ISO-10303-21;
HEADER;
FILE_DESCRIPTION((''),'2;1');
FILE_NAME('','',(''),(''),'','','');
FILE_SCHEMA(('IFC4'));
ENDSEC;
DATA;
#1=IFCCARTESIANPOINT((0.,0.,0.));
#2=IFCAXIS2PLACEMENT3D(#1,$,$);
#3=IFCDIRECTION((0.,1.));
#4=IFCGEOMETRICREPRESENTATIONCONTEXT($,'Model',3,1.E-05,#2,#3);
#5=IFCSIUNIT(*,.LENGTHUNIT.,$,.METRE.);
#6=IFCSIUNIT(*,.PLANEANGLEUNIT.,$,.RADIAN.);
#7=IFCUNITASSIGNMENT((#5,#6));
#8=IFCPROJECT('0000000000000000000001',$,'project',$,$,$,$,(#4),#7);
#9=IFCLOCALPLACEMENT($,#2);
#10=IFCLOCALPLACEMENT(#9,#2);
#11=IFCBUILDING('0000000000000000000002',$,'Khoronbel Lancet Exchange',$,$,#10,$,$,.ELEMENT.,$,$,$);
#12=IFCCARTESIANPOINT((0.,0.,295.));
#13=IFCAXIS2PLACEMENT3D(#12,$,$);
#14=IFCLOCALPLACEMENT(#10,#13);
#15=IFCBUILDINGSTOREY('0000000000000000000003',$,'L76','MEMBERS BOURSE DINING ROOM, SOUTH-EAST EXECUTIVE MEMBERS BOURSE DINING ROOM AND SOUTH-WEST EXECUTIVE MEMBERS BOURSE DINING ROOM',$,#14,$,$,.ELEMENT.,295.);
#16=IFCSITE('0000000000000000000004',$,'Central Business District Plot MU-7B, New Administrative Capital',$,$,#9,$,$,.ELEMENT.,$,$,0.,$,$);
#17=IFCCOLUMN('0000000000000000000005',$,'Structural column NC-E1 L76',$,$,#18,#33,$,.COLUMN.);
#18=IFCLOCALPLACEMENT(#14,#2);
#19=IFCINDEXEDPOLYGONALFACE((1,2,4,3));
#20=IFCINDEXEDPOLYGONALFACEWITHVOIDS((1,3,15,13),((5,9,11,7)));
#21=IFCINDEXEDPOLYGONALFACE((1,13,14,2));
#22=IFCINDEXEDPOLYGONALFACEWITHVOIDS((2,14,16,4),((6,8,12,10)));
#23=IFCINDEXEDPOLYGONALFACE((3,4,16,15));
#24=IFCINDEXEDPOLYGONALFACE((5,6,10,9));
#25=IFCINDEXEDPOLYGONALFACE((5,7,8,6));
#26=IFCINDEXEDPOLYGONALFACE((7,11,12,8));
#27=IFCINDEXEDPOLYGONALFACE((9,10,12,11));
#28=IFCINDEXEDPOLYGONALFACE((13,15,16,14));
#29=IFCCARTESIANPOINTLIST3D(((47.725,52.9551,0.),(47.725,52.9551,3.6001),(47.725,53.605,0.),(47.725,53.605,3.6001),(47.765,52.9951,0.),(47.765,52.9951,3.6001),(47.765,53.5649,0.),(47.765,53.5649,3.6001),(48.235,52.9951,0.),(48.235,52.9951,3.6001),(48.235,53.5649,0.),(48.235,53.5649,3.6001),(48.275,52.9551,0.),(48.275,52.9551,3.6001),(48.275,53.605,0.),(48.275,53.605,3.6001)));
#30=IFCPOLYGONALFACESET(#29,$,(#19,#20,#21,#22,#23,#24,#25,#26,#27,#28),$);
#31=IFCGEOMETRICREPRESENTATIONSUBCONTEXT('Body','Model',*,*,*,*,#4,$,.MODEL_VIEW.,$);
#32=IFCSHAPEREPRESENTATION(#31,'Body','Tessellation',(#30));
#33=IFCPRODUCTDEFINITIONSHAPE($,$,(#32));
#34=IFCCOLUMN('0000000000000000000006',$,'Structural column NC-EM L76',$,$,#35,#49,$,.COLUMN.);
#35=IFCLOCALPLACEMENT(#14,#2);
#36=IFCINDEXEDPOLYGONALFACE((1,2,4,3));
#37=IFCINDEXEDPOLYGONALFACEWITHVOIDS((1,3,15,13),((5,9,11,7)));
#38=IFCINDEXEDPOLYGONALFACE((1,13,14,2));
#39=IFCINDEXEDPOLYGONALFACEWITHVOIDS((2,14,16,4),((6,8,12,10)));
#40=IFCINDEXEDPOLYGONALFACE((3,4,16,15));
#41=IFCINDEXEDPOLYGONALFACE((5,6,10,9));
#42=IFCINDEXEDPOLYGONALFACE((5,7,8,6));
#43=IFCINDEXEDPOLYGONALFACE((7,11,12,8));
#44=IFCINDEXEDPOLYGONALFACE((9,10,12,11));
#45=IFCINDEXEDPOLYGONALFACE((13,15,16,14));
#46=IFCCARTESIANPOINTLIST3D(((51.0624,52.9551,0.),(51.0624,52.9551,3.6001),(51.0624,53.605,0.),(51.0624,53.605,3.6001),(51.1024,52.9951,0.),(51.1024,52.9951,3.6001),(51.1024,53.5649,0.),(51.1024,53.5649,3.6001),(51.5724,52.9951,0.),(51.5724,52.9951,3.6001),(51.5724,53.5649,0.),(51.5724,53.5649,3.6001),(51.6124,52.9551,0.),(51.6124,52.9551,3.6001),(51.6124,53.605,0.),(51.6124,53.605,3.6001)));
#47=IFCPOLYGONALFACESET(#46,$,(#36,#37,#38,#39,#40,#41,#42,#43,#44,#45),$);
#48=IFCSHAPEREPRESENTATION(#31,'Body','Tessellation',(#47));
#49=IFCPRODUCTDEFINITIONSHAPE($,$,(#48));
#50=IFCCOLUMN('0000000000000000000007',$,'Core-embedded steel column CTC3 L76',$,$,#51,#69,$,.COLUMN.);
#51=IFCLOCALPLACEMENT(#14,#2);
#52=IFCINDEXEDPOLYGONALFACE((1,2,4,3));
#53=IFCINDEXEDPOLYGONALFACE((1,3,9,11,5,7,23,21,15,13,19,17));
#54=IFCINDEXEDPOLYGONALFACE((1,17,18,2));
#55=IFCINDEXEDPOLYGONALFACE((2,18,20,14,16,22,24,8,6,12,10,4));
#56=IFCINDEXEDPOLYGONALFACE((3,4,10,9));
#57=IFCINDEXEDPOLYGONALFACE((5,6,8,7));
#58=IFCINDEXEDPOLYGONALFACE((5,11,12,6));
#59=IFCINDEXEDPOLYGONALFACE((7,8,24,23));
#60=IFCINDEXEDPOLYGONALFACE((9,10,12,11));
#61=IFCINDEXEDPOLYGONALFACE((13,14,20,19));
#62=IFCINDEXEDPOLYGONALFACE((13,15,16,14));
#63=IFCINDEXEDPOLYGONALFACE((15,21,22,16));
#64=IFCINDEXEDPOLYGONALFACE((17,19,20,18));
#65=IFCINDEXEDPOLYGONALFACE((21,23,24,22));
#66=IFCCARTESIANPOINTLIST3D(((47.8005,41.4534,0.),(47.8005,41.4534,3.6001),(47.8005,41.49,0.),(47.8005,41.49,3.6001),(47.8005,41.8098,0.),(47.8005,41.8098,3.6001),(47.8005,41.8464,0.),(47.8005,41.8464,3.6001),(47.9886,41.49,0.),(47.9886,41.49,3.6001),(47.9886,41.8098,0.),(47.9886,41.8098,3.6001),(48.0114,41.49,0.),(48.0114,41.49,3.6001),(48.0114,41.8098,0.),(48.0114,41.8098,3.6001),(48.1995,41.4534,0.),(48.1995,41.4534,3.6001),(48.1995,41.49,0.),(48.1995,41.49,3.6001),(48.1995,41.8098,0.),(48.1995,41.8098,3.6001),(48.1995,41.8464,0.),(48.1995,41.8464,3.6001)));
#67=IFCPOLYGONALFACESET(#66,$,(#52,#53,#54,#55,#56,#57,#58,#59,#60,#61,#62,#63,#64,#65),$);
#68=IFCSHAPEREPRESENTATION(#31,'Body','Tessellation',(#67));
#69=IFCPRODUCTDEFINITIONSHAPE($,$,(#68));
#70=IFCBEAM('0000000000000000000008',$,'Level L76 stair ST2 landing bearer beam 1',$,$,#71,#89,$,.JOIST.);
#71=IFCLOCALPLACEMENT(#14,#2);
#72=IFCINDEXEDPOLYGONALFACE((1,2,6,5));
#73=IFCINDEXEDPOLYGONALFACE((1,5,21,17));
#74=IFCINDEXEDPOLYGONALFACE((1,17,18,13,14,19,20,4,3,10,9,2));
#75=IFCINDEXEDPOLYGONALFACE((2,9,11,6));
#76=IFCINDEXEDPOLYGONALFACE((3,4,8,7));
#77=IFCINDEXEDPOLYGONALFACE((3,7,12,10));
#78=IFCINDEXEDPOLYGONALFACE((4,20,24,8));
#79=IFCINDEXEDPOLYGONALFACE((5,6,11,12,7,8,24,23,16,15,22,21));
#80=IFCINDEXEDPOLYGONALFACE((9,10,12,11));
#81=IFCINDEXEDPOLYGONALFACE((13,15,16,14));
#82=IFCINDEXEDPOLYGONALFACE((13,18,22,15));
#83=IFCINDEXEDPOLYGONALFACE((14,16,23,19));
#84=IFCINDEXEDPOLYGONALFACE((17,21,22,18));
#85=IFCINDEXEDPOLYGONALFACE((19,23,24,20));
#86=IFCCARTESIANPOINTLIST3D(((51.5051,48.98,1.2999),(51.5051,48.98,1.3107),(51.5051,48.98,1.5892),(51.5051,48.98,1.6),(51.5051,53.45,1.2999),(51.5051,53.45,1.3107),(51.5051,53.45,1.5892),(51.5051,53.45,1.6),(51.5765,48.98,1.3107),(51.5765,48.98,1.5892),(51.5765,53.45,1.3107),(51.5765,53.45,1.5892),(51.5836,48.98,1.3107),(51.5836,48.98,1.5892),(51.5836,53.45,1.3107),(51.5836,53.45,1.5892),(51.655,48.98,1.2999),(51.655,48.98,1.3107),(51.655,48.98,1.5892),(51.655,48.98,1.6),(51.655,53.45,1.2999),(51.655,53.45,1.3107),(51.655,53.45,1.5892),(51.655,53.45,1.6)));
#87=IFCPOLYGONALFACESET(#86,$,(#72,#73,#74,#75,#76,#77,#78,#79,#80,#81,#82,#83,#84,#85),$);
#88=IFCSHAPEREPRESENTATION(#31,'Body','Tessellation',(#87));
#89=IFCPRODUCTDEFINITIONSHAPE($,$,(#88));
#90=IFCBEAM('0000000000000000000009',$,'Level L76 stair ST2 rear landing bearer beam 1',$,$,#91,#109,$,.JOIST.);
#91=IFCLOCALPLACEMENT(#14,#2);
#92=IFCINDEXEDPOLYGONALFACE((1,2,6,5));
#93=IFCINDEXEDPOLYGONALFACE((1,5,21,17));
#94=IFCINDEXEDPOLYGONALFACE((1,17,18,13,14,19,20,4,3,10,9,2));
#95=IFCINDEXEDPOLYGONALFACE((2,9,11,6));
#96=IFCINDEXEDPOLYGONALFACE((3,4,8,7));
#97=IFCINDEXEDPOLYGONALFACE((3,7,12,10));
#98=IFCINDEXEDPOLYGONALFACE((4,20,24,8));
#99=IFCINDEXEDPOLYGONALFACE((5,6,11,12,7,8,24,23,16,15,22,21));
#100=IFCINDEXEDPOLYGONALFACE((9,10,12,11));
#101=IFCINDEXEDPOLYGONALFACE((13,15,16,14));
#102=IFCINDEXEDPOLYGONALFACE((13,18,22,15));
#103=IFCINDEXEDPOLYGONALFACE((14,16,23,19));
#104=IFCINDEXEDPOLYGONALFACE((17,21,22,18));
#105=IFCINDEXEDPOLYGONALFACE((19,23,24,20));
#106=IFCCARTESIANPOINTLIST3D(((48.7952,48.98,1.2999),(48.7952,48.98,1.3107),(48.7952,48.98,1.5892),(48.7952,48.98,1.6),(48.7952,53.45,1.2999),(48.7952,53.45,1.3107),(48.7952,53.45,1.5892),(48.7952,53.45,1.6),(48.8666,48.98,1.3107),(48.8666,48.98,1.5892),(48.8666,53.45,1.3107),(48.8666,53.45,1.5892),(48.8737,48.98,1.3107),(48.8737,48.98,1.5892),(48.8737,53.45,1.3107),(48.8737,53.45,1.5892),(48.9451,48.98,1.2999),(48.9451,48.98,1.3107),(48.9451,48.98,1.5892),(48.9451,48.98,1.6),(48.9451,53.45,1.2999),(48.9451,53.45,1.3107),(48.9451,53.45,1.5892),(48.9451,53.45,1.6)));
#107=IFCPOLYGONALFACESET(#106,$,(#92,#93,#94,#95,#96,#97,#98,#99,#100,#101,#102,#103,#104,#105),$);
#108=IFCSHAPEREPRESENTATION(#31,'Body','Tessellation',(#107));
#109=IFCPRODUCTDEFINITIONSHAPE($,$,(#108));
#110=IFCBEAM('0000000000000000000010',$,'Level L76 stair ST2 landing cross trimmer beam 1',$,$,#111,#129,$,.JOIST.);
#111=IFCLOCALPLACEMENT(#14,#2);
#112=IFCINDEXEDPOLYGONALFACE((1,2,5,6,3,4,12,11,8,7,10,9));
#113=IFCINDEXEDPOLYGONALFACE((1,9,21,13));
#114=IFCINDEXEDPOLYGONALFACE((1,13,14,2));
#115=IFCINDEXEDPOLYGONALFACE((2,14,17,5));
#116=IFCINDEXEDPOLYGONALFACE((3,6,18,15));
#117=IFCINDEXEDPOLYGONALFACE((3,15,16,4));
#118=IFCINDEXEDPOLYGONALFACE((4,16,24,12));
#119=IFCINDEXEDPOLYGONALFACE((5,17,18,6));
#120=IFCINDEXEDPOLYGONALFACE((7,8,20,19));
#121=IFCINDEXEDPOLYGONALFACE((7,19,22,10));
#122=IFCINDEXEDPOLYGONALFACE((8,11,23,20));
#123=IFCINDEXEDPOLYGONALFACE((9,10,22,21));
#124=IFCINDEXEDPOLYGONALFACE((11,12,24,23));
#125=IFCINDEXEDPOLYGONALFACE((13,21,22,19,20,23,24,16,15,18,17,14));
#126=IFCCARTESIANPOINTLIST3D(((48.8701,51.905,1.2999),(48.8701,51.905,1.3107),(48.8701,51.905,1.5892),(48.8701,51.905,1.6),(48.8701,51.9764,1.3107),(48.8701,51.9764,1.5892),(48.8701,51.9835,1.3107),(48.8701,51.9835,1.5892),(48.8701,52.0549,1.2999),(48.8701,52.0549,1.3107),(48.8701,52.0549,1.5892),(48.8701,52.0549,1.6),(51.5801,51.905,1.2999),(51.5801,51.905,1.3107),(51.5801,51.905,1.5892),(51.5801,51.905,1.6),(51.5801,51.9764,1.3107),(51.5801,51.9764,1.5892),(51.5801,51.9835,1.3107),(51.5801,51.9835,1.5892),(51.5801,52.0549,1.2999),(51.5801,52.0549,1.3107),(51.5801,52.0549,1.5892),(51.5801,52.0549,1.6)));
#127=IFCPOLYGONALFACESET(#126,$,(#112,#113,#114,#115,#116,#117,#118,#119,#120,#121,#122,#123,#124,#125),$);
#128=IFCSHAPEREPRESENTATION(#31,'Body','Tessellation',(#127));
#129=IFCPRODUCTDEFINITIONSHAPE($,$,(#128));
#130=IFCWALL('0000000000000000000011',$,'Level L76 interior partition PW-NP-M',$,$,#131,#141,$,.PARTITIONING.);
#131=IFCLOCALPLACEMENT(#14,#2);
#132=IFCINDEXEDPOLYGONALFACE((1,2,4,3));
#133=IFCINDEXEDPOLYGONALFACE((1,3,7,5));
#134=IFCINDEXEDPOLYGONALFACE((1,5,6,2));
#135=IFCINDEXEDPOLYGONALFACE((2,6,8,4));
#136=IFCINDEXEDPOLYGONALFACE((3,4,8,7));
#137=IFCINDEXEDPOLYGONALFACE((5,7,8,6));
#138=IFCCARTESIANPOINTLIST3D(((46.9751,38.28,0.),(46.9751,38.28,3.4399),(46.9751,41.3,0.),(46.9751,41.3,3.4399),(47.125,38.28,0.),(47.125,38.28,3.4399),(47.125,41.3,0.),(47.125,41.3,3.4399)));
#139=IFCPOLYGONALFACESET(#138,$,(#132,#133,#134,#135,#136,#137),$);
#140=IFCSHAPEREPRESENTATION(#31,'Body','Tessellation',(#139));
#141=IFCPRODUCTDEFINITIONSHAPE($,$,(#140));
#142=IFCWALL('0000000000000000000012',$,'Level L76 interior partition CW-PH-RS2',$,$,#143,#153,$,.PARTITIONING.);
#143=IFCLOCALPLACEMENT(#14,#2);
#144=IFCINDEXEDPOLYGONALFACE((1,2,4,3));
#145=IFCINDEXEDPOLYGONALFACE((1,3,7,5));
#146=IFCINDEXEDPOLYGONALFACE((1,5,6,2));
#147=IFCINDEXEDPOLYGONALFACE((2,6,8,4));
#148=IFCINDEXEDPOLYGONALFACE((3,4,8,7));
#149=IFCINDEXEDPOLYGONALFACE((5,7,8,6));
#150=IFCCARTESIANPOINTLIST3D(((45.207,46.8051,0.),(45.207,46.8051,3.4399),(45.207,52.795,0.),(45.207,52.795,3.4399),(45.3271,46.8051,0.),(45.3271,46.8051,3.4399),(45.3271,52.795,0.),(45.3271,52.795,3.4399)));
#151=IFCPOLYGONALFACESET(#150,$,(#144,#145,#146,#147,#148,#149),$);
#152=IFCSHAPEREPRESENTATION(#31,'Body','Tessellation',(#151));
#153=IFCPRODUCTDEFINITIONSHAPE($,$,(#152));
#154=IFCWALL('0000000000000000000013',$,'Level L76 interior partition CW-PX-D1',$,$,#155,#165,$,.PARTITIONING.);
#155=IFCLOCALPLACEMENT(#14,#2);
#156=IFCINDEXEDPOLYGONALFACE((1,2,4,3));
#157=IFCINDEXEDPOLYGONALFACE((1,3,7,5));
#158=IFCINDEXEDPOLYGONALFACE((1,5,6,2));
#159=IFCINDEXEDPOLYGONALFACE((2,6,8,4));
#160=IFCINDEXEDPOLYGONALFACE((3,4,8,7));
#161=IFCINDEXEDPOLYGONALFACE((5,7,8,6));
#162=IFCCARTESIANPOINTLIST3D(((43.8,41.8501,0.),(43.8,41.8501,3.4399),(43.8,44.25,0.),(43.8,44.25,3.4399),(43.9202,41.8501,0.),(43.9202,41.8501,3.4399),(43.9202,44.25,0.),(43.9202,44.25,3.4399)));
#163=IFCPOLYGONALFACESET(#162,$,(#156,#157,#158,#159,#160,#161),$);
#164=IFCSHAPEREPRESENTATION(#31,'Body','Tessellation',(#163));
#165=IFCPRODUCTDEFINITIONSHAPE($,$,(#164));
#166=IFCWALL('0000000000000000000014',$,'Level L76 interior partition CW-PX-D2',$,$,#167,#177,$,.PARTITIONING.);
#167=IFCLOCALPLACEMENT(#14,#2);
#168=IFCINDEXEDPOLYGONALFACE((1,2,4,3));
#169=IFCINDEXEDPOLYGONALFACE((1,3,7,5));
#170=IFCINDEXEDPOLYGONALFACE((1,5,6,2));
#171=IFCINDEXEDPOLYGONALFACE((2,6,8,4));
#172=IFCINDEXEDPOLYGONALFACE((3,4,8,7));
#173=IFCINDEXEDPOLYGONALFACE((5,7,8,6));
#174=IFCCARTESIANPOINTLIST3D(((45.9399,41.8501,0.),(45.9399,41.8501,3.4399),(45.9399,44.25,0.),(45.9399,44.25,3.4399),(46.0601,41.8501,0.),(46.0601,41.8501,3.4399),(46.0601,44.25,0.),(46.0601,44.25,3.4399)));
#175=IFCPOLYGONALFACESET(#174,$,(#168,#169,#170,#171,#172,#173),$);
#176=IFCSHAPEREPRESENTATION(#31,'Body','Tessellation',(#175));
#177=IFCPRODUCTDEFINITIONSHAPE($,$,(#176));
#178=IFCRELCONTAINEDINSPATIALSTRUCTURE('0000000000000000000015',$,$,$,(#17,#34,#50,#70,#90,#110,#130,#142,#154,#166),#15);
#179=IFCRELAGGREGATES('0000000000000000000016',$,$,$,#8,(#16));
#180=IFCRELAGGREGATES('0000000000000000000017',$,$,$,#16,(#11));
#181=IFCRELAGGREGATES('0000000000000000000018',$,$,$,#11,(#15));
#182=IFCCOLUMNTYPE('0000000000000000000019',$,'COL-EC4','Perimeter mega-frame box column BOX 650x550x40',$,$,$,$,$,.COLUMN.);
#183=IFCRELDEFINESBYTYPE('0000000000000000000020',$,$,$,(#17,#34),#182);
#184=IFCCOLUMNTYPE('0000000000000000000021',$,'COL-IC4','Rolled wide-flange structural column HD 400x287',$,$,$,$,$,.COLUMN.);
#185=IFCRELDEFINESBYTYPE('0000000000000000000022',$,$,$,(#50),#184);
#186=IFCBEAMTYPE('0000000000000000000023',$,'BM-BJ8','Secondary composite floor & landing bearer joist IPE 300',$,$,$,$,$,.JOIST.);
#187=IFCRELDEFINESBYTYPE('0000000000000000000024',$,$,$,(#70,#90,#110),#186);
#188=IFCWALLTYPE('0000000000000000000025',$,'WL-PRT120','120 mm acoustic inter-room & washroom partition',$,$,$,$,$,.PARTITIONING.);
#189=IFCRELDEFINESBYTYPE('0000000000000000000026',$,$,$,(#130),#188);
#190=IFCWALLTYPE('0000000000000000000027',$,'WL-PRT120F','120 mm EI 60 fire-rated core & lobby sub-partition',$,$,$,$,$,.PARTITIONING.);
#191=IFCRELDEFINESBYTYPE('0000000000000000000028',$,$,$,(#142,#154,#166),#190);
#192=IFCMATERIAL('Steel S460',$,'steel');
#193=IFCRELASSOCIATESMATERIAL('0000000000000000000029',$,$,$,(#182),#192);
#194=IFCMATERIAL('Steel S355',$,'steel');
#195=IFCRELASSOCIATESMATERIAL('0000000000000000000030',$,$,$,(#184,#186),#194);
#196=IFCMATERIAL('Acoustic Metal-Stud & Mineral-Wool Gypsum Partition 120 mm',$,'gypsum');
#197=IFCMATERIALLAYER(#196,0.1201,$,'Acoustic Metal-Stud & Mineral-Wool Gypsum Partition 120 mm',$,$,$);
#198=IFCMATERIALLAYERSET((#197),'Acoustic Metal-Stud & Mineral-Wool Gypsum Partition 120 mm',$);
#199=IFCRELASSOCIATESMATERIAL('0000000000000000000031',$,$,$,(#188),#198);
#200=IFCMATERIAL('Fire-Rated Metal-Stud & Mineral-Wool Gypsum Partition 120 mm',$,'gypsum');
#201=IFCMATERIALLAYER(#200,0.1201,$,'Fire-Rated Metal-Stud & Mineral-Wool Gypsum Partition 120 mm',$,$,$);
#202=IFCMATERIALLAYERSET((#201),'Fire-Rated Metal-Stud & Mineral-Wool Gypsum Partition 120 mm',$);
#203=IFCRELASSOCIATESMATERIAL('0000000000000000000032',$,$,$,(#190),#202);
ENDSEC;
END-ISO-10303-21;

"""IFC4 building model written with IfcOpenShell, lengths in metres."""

from ifc_helpers import new_model, si_unit, direction, frame, frame_2d, origin, origin_2d, place, context, subcontext, project, spatial, rectangle, hollow_rectangle, i_section, extrude, material, layer, layer_set, material_profile, profile_set, type_object, element, save


model = new_model("IFC4")

# Units and contexts
model_context = context("Model", 3, precision=1e-05, world=origin(), true_north=direction((0.0, 1.0)))
body_context = subcontext(model_context, "Body", "Model", "MODEL_VIEW")
ifc_project = project(units=[si_unit("LENGTHUNIT", "METRE"), si_unit("PLANEANGLEUNIT", "RADIAN")], contexts=[model_context])

# Site, building, storey
site_placement = place(None, origin())
site = spatial("IfcSite", under=ifc_project, at=site_placement, Name="Central Business District Plot MU-7B, New Administrative Capital", CompositionType="ELEMENT", RefElevation=0.0)
building_placement = place(site_placement, origin())
building = spatial("IfcBuilding", under=site, at=building_placement, Name="Khoronbel Lancet Exchange", CompositionType="ELEMENT")
storey_placement = place(building_placement, frame((0.0, 0.0, 295.0)))
storey = spatial("IfcBuildingStorey", under=building, at=storey_placement, Name="L76", Description="MEMBERS BOURSE DINING ROOM, SOUTH-EAST EXECUTIVE MEMBERS BOURSE DINING ROOM AND SOUTH-WEST EXECUTIVE MEMBERS BOURSE DINING ROOM", CompositionType="ELEMENT", Elevation=295.0)

# Columns
ifc_material_1 = material(Name="Steel S460", Category="steel")
ifc_material_profile_1 = material_profile(ifc_material_1, hollow_rectangle(XDim=0.55, YDim=0.6499, WallThickness=0.04, at=origin_2d()), Name="BOX 650x550x40")
ifc_profile_set_1 = profile_set([ifc_material_profile_1], Name="Steel S460")
column_type_1 = type_object("IfcColumnType", Name="COL-EC4", Description="Perimeter mega-frame box column BOX 650x550x40", PredefinedType="COLUMN", material=ifc_profile_set_1)
for number, where, z_axis, x_axis, name in (
    (1, (48.0, 53.28, 0.0), (0.0, 0.0, 1.0), (1.0, 0.0, 0.0), "Structural column NC-E1 L76"),
    (2, (51.3374, 53.28, 0.0), (0.0, 0.0, 1.0), (1.0, 0.0, 0.0), "Structural column NC-EM L76"),
):
    element("IfcColumn", number, at=place(storey_placement, frame(where, z_axis=z_axis, x_axis=x_axis)), inside=storey, type_object=column_type_1, Name=name, PredefinedType="COLUMN", context=body_context, shape_type="SweptSolid", body=[
        extrude(hollow_rectangle(XDim=0.55, YDim=0.6499, WallThickness=0.04, at=origin_2d()), origin(), (0.0, 0.0, 1.0), 3.6001),
    ])
ifc_material_2 = material(Name="Steel S355", Category="steel")
ifc_material_profile_2 = material_profile(ifc_material_2, i_section(OverallWidth=0.3989, OverallDepth=0.3931, WebThickness=0.0227, FlangeThickness=0.0366, at=origin_2d()), Name="HD 400x287")
ifc_profile_set_2 = profile_set([ifc_material_profile_2], Name="Steel S355")
column_type_2 = type_object("IfcColumnType", Name="COL-IC4", Description="Rolled wide-flange structural column HD 400x287", PredefinedType="COLUMN", material=ifc_profile_set_2)
column_placement = place(storey_placement, frame((48.0, 41.6499, 0.0), z_axis=(0.0, 0.0, 1.0), x_axis=(1.0, 0.0, 0.0)))
element("IfcColumn", 3, at=column_placement, inside=storey, type_object=column_type_2, Name="Core-embedded steel column CTC3 L76", PredefinedType="COLUMN", context=body_context, shape_type="SweptSolid", body=[
    extrude(i_section(OverallWidth=0.3989, OverallDepth=0.3931, WebThickness=0.0227, FlangeThickness=0.0366, at=origin_2d()), origin(), (0.0, 0.0, 1.0), 3.6001),
])

# Beams
ifc_material_profile_3 = material_profile(ifc_material_2, i_section(OverallWidth=0.1499, OverallDepth=0.3, WebThickness=0.0071, FlangeThickness=0.0107, at=origin_2d()), Name="IPE 300")
ifc_profile_set_3 = profile_set([ifc_material_profile_3], Name="Steel S355")
beam_type = type_object("IfcBeamType", Name="BM-BJ8", Description="Secondary composite floor & landing bearer joist IPE 300", PredefinedType="JOIST", material=ifc_profile_set_3)
for number, where, z_axis, x_axis, name in (
    (4, (51.5801, 48.98, 1.45), (0.0, 1.0, 0.0), (-1.0, 0.0, 0.0), "Level L76 stair ST2 landing bearer beam 1"),
    (5, (48.8701, 48.98, 1.45), (0.0, 1.0, 0.0), (-1.0, 0.0, 0.0), "Level L76 stair ST2 rear landing bearer beam 1"),
):
    element("IfcBeam", number, at=place(storey_placement, frame(where, z_axis=z_axis, x_axis=x_axis)), inside=storey, type_object=beam_type, Name=name, PredefinedType="JOIST", context=body_context, shape_type="SweptSolid", body=[
        extrude(i_section(OverallWidth=0.1499, OverallDepth=0.3, WebThickness=0.0071, FlangeThickness=0.0107, at=origin_2d()), origin(), (0.0, 0.0, 1.0), 4.47),
    ])
beam_placement = place(storey_placement, frame((48.8701, 51.98, 1.45), z_axis=(1.0, 0.0, 0.0), x_axis=(0.0, 1.0, 0.0)))
element("IfcBeam", 6, at=beam_placement, inside=storey, type_object=beam_type, Name="Level L76 stair ST2 landing cross trimmer beam 1", PredefinedType="JOIST", context=body_context, shape_type="SweptSolid", body=[
    extrude(i_section(OverallWidth=0.1499, OverallDepth=0.3, WebThickness=0.0071, FlangeThickness=0.0107, at=origin_2d()), origin(), (0.0, 0.0, 1.0), 2.71),
])

# Walls
ifc_material_3 = material(Name="Acoustic Metal-Stud & Mineral-Wool Gypsum Partition 120 mm", Category="gypsum")
ifc_layer_1 = layer(ifc_material_3, 0.1201, Name="Acoustic Metal-Stud & Mineral-Wool Gypsum Partition 120 mm")
ifc_layer_set_1 = layer_set([ifc_layer_1], Name="Acoustic Metal-Stud & Mineral-Wool Gypsum Partition 120 mm")
wall_type_1 = type_object("IfcWallType", Name="WL-PRT120", Description="120 mm acoustic inter-room & washroom partition", PredefinedType="PARTITIONING", material=ifc_layer_set_1)
wall_1_placement = place(storey_placement, frame((47.05, 38.28, 0.0), z_axis=(0.0, 0.0, 1.0), x_axis=(0.0, 1.0, 0.0)))
element("IfcWall", 7, at=wall_1_placement, inside=storey, type_object=wall_type_1, Name="Level L76 interior partition PW-NP-M", PredefinedType="PARTITIONING", context=body_context, shape_type="SweptSolid", body=[
    extrude(rectangle(XDim=3.02, YDim=0.1499, at=frame_2d((1.51, 0.0))), origin(), (0.0, 0.0, 1.0), 3.4399),
])
ifc_material_4 = material(Name="Fire-Rated Metal-Stud & Mineral-Wool Gypsum Partition 120 mm", Category="gypsum")
ifc_layer_2 = layer(ifc_material_4, 0.1201, Name="Fire-Rated Metal-Stud & Mineral-Wool Gypsum Partition 120 mm")
ifc_layer_set_2 = layer_set([ifc_layer_2], Name="Fire-Rated Metal-Stud & Mineral-Wool Gypsum Partition 120 mm")
wall_type_2 = type_object("IfcWallType", Name="WL-PRT120F", Description="120 mm EI 60 fire-rated core & lobby sub-partition", PredefinedType="PARTITIONING", material=ifc_layer_set_2)
wall_2_placement = place(storey_placement, frame((45.2671, 46.8049, 0.0), z_axis=(0.0, 0.0, 1.0), x_axis=(0.0, 1.0, 0.0)))
element("IfcWall", 8, at=wall_2_placement, inside=storey, type_object=wall_type_2, Name="Level L76 interior partition CW-PH-RS2", PredefinedType="PARTITIONING", context=body_context, shape_type="SweptSolid", body=[
    extrude(rectangle(XDim=5.99, YDim=0.1201, at=frame_2d((2.9951, 0.0))), origin(), (0.0, 0.0, 1.0), 3.4399),
])
for number, where, z_axis, x_axis, name in (
    (9, (43.8601, 41.8501, 0.0), (0.0, 0.0, 1.0), (0.0, 1.0, 0.0), "Level L76 interior partition CW-PX-D1"),
    (10, (46.0, 41.8501, 0.0), (0.0, 0.0, 1.0), (0.0, 1.0, 0.0), "Level L76 interior partition CW-PX-D2"),
):
    element("IfcWall", number, at=place(storey_placement, frame(where, z_axis=z_axis, x_axis=x_axis)), inside=storey, type_object=wall_type_2, Name=name, PredefinedType="PARTITIONING", context=body_context, shape_type="SweptSolid", body=[
        extrude(rectangle(XDim=2.3999, YDim=0.1201, at=frame_2d((1.2, 0.0))), origin(), (0.0, 0.0, 1.0), 3.4399),
    ])

save(model, "model.ifc")
